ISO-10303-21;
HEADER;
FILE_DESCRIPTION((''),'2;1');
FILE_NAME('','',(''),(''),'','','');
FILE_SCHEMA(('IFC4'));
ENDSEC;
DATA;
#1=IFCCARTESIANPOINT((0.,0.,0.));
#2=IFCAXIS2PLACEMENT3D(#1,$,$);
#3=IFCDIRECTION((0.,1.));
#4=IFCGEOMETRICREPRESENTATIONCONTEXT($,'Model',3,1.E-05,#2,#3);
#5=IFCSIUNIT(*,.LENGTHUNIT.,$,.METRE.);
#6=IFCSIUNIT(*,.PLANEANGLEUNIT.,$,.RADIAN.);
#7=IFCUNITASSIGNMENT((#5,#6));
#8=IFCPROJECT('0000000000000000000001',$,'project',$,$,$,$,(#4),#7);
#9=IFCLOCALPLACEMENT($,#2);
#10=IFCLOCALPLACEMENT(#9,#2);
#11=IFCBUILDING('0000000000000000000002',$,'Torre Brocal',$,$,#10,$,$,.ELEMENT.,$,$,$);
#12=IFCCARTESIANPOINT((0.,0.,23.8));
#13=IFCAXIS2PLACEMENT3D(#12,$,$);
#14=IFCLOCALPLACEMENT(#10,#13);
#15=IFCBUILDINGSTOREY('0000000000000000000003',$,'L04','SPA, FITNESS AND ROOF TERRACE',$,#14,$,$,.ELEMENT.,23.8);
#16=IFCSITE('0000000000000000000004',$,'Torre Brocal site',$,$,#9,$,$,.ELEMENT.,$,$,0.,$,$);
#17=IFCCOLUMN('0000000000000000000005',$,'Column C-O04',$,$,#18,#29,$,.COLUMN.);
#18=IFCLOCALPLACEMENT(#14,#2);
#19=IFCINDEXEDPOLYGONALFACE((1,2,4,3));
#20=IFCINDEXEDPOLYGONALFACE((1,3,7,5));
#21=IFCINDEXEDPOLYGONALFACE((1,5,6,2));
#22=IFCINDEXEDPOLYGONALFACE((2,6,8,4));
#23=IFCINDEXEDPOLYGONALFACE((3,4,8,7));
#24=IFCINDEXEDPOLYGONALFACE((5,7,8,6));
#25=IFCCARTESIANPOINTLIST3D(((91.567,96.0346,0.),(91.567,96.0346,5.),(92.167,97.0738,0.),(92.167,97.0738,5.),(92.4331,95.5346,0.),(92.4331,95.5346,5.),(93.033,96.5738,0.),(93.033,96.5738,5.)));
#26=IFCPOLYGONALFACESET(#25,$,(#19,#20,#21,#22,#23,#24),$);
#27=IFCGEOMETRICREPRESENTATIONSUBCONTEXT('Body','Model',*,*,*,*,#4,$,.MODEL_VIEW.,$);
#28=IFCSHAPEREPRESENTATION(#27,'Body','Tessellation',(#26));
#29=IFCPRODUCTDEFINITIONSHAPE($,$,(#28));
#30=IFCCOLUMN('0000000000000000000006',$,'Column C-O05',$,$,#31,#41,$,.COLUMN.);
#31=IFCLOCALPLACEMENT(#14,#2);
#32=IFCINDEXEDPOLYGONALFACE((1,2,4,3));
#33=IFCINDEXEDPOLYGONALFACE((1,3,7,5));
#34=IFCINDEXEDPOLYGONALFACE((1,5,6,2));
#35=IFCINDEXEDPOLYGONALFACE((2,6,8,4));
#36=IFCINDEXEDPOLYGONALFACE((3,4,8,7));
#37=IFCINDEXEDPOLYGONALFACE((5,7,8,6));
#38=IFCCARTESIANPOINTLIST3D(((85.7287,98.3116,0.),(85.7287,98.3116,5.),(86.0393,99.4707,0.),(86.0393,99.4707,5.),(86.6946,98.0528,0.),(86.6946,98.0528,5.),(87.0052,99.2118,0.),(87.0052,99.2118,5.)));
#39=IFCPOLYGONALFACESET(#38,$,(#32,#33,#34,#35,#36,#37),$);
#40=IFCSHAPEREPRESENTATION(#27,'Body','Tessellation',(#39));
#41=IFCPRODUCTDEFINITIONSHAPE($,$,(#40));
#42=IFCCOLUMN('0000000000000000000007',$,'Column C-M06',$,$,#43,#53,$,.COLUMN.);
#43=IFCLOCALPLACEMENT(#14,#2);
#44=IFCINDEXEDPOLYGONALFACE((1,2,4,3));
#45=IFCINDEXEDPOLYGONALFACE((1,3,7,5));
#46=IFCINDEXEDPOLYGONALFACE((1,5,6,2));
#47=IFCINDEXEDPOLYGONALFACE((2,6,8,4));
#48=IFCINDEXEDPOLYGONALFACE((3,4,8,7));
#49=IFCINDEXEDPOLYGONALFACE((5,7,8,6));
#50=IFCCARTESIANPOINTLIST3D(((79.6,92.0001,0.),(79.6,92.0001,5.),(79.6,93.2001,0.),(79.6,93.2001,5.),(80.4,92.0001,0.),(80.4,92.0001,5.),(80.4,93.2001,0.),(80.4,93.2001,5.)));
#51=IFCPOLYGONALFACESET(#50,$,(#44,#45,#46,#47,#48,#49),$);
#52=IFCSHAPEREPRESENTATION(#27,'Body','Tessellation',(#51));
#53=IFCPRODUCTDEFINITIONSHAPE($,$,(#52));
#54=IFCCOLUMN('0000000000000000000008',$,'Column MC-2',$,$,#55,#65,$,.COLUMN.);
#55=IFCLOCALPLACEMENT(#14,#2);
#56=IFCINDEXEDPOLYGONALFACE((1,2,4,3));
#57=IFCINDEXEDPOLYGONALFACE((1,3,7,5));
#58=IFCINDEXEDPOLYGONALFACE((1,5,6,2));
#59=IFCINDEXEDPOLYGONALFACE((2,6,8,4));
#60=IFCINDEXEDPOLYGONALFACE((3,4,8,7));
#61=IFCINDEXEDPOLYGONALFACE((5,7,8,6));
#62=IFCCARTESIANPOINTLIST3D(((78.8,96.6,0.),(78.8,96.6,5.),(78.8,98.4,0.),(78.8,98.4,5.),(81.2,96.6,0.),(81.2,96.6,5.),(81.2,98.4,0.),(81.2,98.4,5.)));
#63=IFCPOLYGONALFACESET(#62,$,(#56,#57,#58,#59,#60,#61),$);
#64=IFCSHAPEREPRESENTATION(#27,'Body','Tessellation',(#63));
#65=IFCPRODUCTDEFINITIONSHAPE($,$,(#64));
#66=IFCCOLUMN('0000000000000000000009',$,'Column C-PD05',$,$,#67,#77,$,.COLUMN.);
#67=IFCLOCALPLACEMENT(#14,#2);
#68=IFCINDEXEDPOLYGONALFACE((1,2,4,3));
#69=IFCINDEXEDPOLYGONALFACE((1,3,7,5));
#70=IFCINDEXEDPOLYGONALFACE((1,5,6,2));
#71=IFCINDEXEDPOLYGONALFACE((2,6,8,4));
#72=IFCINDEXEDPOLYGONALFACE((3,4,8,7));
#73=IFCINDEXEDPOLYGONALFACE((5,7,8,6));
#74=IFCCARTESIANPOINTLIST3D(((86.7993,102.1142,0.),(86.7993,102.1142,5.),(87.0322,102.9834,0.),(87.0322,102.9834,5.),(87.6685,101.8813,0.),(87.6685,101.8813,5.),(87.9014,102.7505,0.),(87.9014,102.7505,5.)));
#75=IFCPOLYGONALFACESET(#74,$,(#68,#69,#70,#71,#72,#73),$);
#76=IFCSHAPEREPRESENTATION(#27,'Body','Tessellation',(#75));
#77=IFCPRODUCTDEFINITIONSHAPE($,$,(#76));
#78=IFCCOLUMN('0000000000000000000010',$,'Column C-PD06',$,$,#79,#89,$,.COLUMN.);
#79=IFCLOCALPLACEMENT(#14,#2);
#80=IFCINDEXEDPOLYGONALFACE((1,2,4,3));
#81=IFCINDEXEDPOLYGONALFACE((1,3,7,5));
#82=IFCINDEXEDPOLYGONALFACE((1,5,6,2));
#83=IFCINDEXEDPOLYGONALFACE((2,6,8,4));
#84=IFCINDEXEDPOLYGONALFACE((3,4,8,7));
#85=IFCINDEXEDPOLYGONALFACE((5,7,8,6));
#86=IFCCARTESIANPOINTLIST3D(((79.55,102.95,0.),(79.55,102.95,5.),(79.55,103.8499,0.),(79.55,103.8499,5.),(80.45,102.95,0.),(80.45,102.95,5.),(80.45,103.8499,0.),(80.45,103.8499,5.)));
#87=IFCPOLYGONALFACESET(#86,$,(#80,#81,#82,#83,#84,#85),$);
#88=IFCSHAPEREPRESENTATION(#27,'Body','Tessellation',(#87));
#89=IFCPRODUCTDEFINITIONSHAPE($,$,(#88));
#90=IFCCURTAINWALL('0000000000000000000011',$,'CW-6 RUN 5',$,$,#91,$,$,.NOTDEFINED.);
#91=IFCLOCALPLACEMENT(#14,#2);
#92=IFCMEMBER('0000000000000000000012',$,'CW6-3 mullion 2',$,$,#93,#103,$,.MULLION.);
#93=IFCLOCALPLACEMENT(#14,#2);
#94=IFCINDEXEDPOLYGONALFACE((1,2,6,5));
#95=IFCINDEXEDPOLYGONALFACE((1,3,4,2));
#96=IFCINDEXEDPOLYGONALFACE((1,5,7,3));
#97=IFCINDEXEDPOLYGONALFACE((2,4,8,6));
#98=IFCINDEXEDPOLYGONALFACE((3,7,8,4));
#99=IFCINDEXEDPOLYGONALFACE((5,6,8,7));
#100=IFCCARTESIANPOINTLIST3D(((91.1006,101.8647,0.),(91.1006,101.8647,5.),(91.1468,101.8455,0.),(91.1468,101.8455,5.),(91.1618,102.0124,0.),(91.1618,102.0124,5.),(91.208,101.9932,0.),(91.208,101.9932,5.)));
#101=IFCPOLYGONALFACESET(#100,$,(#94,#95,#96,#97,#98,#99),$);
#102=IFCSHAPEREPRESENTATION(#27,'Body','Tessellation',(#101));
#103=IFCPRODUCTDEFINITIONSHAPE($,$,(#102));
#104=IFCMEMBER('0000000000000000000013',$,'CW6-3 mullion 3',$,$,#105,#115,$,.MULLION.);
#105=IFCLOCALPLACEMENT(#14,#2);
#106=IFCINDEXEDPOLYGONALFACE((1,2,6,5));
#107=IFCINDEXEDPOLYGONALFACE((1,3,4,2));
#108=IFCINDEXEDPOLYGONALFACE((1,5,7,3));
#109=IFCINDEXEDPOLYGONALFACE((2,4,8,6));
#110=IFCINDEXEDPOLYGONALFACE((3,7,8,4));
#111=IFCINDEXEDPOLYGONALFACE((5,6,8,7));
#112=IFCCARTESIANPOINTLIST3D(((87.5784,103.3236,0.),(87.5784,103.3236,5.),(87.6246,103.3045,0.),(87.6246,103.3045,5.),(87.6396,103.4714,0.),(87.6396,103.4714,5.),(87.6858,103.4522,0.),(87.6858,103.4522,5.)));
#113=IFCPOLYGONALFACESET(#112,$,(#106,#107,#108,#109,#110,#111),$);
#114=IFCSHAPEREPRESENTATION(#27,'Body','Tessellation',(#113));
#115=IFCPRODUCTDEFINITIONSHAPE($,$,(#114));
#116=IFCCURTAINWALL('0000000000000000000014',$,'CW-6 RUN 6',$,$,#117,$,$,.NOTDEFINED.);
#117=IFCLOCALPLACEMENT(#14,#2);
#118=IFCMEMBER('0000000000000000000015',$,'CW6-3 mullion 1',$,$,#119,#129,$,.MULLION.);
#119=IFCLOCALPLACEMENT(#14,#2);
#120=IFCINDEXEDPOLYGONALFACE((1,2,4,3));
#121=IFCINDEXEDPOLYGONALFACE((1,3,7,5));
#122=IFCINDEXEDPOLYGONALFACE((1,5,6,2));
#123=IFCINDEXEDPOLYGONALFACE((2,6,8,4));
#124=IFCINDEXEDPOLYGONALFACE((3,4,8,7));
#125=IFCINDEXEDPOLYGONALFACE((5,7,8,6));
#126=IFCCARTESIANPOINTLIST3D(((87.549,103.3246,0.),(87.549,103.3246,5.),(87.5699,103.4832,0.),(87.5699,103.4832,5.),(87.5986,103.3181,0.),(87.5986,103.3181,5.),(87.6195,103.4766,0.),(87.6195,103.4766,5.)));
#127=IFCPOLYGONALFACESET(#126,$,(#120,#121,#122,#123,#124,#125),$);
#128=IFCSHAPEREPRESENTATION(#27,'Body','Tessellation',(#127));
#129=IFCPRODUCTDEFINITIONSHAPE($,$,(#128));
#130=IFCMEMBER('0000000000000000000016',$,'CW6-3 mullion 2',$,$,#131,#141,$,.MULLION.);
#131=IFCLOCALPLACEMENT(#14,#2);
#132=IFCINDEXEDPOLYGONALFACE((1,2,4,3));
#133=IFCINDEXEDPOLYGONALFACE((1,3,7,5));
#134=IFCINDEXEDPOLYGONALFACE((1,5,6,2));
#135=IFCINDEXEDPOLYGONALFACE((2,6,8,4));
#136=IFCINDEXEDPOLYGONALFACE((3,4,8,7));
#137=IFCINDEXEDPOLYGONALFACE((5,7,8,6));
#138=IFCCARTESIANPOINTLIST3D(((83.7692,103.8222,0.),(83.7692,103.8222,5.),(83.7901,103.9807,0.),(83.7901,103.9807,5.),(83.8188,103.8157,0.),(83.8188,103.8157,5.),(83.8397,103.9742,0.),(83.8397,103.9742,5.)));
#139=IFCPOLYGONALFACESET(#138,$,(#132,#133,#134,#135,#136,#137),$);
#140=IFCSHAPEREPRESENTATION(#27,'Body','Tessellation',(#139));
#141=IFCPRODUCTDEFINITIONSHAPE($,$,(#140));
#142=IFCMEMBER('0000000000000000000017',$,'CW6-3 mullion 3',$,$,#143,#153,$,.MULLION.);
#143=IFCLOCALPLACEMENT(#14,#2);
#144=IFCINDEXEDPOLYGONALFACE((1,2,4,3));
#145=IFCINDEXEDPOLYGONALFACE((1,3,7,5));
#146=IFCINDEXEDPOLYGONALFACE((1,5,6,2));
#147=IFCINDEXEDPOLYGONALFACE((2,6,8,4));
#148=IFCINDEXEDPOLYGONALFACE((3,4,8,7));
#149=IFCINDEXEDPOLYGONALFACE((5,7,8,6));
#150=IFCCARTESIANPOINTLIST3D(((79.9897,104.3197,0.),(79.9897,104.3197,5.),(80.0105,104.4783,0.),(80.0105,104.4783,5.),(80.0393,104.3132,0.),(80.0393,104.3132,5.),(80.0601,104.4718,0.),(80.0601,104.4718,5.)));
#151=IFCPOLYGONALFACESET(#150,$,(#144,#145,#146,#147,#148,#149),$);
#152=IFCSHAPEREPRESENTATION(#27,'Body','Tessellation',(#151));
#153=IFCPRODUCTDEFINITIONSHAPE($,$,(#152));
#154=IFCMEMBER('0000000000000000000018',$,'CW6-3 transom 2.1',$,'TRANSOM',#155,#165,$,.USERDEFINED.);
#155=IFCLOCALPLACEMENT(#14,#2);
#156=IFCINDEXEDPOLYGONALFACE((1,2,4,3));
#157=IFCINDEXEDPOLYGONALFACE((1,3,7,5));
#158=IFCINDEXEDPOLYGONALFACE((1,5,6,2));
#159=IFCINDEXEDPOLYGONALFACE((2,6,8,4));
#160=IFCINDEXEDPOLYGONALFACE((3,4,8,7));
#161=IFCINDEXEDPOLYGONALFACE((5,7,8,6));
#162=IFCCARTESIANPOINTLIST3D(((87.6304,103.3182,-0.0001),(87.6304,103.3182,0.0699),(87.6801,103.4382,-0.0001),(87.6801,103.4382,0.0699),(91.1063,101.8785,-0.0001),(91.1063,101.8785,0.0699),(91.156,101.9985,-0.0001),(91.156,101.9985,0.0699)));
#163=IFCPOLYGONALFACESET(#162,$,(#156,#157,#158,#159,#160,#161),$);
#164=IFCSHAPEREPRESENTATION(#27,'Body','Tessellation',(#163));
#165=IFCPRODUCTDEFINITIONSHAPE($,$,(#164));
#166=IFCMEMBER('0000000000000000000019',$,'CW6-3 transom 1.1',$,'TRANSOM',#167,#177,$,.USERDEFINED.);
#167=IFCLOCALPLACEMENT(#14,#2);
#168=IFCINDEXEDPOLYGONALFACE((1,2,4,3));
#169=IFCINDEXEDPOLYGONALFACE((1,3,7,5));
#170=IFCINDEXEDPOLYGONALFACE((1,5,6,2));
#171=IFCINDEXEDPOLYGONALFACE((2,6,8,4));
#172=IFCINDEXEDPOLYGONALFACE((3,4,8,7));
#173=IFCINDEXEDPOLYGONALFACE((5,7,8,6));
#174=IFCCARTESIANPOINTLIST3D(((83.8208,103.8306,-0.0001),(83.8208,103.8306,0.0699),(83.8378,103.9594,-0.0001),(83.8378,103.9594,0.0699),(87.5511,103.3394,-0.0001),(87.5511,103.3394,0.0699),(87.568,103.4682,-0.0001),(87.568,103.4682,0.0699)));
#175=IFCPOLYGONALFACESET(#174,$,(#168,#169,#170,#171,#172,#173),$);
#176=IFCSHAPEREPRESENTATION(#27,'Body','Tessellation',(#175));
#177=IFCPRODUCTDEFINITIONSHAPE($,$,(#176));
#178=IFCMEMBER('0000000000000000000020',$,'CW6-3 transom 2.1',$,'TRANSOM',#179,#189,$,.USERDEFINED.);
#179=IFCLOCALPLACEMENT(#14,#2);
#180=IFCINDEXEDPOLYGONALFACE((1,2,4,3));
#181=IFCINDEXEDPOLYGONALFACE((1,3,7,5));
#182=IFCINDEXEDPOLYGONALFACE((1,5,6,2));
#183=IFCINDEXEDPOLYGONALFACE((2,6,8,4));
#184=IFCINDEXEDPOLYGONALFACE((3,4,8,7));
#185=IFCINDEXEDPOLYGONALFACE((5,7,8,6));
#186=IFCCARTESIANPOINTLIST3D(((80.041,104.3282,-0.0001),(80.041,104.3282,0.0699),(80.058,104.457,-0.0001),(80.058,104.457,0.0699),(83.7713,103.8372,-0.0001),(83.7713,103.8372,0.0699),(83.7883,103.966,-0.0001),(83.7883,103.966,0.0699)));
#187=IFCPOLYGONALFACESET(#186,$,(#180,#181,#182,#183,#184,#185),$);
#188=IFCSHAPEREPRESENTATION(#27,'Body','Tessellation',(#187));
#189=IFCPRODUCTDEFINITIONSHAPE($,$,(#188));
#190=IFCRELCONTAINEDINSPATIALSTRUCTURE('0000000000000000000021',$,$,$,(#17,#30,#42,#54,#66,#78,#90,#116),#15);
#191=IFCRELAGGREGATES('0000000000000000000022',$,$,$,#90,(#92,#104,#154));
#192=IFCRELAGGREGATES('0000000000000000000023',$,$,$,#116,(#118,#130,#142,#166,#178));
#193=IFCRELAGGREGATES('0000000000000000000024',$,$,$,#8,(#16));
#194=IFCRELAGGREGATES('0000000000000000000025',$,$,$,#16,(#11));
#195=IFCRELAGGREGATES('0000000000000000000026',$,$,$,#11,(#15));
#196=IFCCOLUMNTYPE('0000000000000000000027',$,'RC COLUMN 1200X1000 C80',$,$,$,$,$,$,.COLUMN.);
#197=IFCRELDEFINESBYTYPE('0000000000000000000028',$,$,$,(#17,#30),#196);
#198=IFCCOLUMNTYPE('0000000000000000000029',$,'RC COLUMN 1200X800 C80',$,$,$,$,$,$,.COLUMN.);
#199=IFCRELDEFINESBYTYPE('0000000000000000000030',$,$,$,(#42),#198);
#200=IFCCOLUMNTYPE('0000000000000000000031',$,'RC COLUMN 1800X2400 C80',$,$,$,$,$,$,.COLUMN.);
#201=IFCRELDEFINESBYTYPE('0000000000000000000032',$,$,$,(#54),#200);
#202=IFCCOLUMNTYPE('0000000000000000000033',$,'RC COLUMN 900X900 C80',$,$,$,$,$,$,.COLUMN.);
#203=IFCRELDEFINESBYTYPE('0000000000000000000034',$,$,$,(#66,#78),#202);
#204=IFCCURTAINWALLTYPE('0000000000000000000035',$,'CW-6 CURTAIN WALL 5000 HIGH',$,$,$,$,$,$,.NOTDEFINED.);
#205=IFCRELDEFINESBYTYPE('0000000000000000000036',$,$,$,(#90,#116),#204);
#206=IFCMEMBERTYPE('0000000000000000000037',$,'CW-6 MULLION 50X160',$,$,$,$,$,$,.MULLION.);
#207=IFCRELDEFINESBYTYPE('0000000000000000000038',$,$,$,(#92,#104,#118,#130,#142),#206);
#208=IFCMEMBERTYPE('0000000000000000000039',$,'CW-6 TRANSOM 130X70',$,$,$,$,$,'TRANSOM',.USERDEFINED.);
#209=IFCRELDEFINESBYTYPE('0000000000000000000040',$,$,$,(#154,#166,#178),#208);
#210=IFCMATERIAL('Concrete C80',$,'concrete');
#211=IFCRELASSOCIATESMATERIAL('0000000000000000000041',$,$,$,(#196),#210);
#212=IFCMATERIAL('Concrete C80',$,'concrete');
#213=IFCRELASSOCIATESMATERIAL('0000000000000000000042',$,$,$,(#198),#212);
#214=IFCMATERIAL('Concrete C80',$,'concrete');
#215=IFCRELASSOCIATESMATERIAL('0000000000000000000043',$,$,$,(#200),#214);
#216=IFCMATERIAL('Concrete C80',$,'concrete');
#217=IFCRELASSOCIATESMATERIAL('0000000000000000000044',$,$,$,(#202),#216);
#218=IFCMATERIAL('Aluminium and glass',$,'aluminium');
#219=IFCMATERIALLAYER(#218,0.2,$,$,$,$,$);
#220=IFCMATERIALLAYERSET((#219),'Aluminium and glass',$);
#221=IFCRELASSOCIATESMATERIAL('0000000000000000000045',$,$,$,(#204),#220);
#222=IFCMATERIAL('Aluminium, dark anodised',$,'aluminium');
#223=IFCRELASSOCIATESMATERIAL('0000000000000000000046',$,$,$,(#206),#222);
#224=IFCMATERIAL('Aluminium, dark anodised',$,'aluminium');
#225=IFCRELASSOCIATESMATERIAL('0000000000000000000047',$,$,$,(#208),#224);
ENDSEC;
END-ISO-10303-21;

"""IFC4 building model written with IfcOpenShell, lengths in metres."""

from ifc_helpers import new_model, si_unit, direction, frame, origin, origin_2d, place, context, subcontext, project, spatial, rectangle, extrude, material, layer, layer_set, material_profile, profile_set, type_object, element, aggregate, save


model = new_model("IFC4")

# Units and contexts
model_context = context("Model", 3, precision=1e-05, world=origin(), true_north=direction((0.0, 1.0)))
body_context = subcontext(model_context, "Body", "Model", "MODEL_VIEW")
ifc_project = project(units=[si_unit("LENGTHUNIT", "METRE"), si_unit("PLANEANGLEUNIT", "RADIAN")], contexts=[model_context])

# Site, building, storey
site_placement = place(None, origin())
site = spatial("IfcSite", under=ifc_project, at=site_placement, Name="Torre Brocal site", CompositionType="ELEMENT", RefElevation=0.0)
building_placement = place(site_placement, origin())
building = spatial("IfcBuilding", under=site, at=building_placement, Name="Torre Brocal", CompositionType="ELEMENT")
storey_placement = place(building_placement, frame((0.0, 0.0, 23.8)))
storey = spatial("IfcBuildingStorey", under=building, at=storey_placement, Name="L04", Description="SPA, FITNESS AND ROOF TERRACE", CompositionType="ELEMENT", Elevation=23.8)

# Columns
ifc_material_1 = material(Name="Concrete C80", Category="concrete")
ifc_material_profile_1 = material_profile(ifc_material_1, rectangle(XDim=1.2, YDim=1.0, at=origin_2d()), Name="RC 1200X1000")
ifc_profile_set_1 = profile_set([ifc_material_profile_1], Name="Concrete C80")
column_type_1 = type_object("IfcColumnType", Name="RC COLUMN 1200X1000 C80", PredefinedType="COLUMN", material=ifc_profile_set_1)
for number, where, z_axis, x_axis, name in (
    (1, (92.3, 96.3042, 0.0), (0.0, 0.0, 1.0), (0.5, 0.866025, 0.0), "Column C-O04"),
    (2, (86.3669, 98.7617, 0.0), (0.0, 0.0, 1.0), (0.258819, 0.965926, 0.0), "Column C-O05"),
):
    element("IfcColumn", number, at=place(storey_placement, frame(where, z_axis=z_axis, x_axis=x_axis)), inside=storey, type_object=column_type_1, Name=name, PredefinedType="COLUMN", context=body_context, shape_type="SweptSolid", body=[
        extrude(rectangle(XDim=1.2, YDim=1.0, at=origin_2d()), origin(), (0.0, 0.0, 1.0), 5.0),
    ])
ifc_material_2 = material(Name="Concrete C80", Category="concrete")
ifc_material_profile_2 = material_profile(ifc_material_2, rectangle(XDim=1.2, YDim=0.8, at=origin_2d()), Name="RC 1200X800")
ifc_profile_set_2 = profile_set([ifc_material_profile_2], Name="Concrete C80")
column_type_2 = type_object("IfcColumnType", Name="RC COLUMN 1200X800 C80", PredefinedType="COLUMN", material=ifc_profile_set_2)
column_1_placement = place(storey_placement, frame((80.0, 92.6001, 0.0), z_axis=(0.0, 0.0, 1.0), x_axis=(0.0, 1.0, 0.0)))
element("IfcColumn", 3, at=column_1_placement, inside=storey, type_object=column_type_2, Name="Column C-M06", PredefinedType="COLUMN", context=body_context, shape_type="SweptSolid", body=[
    extrude(rectangle(XDim=1.2, YDim=0.8, at=origin_2d()), origin(), (0.0, 0.0, 1.0), 5.0),
])
ifc_material_3 = material(Name="Concrete C80", Category="concrete")
ifc_material_profile_3 = material_profile(ifc_material_3, rectangle(XDim=1.8, YDim=2.3999, at=origin_2d()), Name="RC 1800X2400")
ifc_profile_set_3 = profile_set([ifc_material_profile_3], Name="Concrete C80")
column_type_3 = type_object("IfcColumnType", Name="RC COLUMN 1800X2400 C80", PredefinedType="COLUMN", material=ifc_profile_set_3)
column_2_placement = place(storey_placement, frame((80.0, 97.5, 0.0), z_axis=(0.0, 0.0, 1.0), x_axis=(0.0, 1.0, 0.0)))
element("IfcColumn", 4, at=column_2_placement, inside=storey, type_object=column_type_3, Name="Column MC-2", PredefinedType="COLUMN", context=body_context, shape_type="SweptSolid", body=[
    extrude(rectangle(XDim=1.8, YDim=2.3999, at=origin_2d()), origin(), (0.0, 0.0, 1.0), 5.0),
])
ifc_material_4 = material(Name="Concrete C80", Category="concrete")
ifc_material_profile_4 = material_profile(ifc_material_4, rectangle(XDim=0.8999, YDim=0.8999, at=origin_2d()), Name="RC 900X900")
ifc_profile_set_4 = profile_set([ifc_material_profile_4], Name="Concrete C80")
column_type_4 = type_object("IfcColumnType", Name="RC COLUMN 900X900 C80", PredefinedType="COLUMN", material=ifc_profile_set_4)
for number, where, z_axis, x_axis, name in (
    (5, (87.3503, 102.4324, 0.0), (0.0, 0.0, 1.0), (0.258819, 0.965926, 0.0), "Column C-PD05"),
    (6, (80.0, 103.3999, 0.0), (0.0, 0.0, 1.0), (0.0, 1.0, 0.0), "Column C-PD06"),
):
    element("IfcColumn", number, at=place(storey_placement, frame(where, z_axis=z_axis, x_axis=x_axis)), inside=storey, type_object=column_type_4, Name=name, PredefinedType="COLUMN", context=body_context, shape_type="SweptSolid", body=[
        extrude(rectangle(XDim=0.8999, YDim=0.8999, at=origin_2d()), origin(), (0.0, 0.0, 1.0), 5.0),
    ])

# Curtain walls, members
ifc_material_5 = material(Name="Aluminium and glass", Category="aluminium")
ifc_layer_1 = layer(ifc_material_5, 0.2)
ifc_layer_set_1 = layer_set([ifc_layer_1], Name="Aluminium and glass")
curtain_wall_type = type_object("IfcCurtainWallType", Name="CW-6 CURTAIN WALL 5000 HIGH", PredefinedType="NOTDEFINED", material=ifc_layer_set_1)
curtain_wall_1_placement = place(storey_placement, origin())
curtain_wall_1 = element("IfcCurtainWall", 7, at=curtain_wall_1_placement, inside=storey, type_object=curtain_wall_type, Name="CW-6 RUN 5", PredefinedType="NOTDEFINED")
ifc_material_6 = material(Name="Aluminium, dark anodised", Category="aluminium")
ifc_material_profile_5 = material_profile(ifc_material_6, rectangle(XDim=0.1599, YDim=0.05, at=origin_2d()), Name="CW-6 MULLION 50X160")
ifc_profile_set_5 = profile_set([ifc_material_profile_5], Name="Aluminium, dark anodised")
member_type_1 = type_object("IfcMemberType", Name="CW-6 MULLION 50X160", PredefinedType="MULLION", material=ifc_profile_set_5)
member_1_placement = place(storey_placement, frame((91.1543, 101.929, 0.0), z_axis=(0.0, 0.0, 1.0), x_axis=(-0.382683, -0.92388, 0.0)))
member_1 = element("IfcMember", 8, at=member_1_placement, type_object=member_type_1, Name="CW6-3 mullion 2", PredefinedType="MULLION", context=body_context, shape_type="SweptSolid", body=[
    extrude(rectangle(XDim=0.1599, YDim=0.05, at=origin_2d()), origin(), (0.0, 0.0, 1.0), 5.0),
])
member_2_placement = place(storey_placement, frame((87.6321, 103.3879, 0.0), z_axis=(0.0, 0.0, 1.0), x_axis=(-0.382683, -0.92388, 0.0)))
member_2 = element("IfcMember", 9, at=member_2_placement, type_object=member_type_1, Name="CW6-3 mullion 3", PredefinedType="MULLION", context=body_context, shape_type="SweptSolid", body=[
    extrude(rectangle(XDim=0.1599, YDim=0.05, at=origin_2d()), origin(), (0.0, 0.0, 1.0), 5.0),
])
curtain_wall_2_placement = place(storey_placement, origin())
curtain_wall_2 = element("IfcCurtainWall", 10, at=curtain_wall_2_placement, inside=storey, type_object=curtain_wall_type, Name="CW-6 RUN 6", PredefinedType="NOTDEFINED")
member_3_placement = place(storey_placement, frame((87.5842, 103.4006, 0.0), z_axis=(0.0, 0.0, 1.0), x_axis=(-0.130526, -0.991445, 0.0)))
member_3 = element("IfcMember", 11, at=member_3_placement, type_object=member_type_1, Name="CW6-3 mullion 1", PredefinedType="MULLION", context=body_context, shape_type="SweptSolid", body=[
    extrude(rectangle(XDim=0.1599, YDim=0.05, at=origin_2d()), origin(), (0.0, 0.0, 1.0), 5.0),
])
member_4_placement = place(storey_placement, frame((83.8044, 103.8982, 0.0), z_axis=(0.0, 0.0, 1.0), x_axis=(-0.130526, -0.991445, 0.0)))
member_4 = element("IfcMember", 12, at=member_4_placement, type_object=member_type_1, Name="CW6-3 mullion 2", PredefinedType="MULLION", context=body_context, shape_type="SweptSolid", body=[
    extrude(rectangle(XDim=0.1599, YDim=0.05, at=origin_2d()), origin(), (0.0, 0.0, 1.0), 5.0),
])
member_5_placement = place(storey_placement, frame((80.0249, 104.3958, 0.0), z_axis=(0.0, 0.0, 1.0), x_axis=(-0.130526, -0.991445, 0.0)))
member_5 = element("IfcMember", 13, at=member_5_placement, type_object=member_type_1, Name="CW6-3 mullion 3", PredefinedType="MULLION", context=body_context, shape_type="SweptSolid", body=[
    extrude(rectangle(XDim=0.1599, YDim=0.05, at=origin_2d()), origin(), (0.0, 0.0, 1.0), 5.0),
])

# Members
ifc_material_7 = material(Name="Aluminium, dark anodised", Category="aluminium")
ifc_material_profile_6 = material_profile(ifc_material_7, rectangle(XDim=0.1299, YDim=0.0701, at=origin_2d()), Name="CW-6 TRANSOM 130X70")
ifc_profile_set_6 = profile_set([ifc_material_profile_6], Name="Aluminium, dark anodised")
member_type_2 = type_object("IfcMemberType", Name="CW-6 TRANSOM 130X70", ElementType="TRANSOM", PredefinedType="USERDEFINED", material=ifc_profile_set_6)
member_6_placement = place(storey_placement, frame((91.1311, 101.9385, 0.0349), z_axis=(-0.923883, 0.382675, 0.0), x_axis=(-0.382675, -0.923883, 0.0)))
member_6 = element("IfcMember", 14, at=member_6_placement, type_object=member_type_2, Name="CW6-3 transom 2.1", ObjectType="TRANSOM", PredefinedType="USERDEFINED", context=body_context, shape_type="SweptSolid", body=[
    extrude(rectangle(XDim=0.1299, YDim=0.0701, at=origin_2d()), origin(), (0.0, 0.0, 1.0), 3.7622),
])
member_7_placement = place(storey_placement, frame((87.5596, 103.4038, 0.0349), z_axis=(-0.991441, 0.130557, 0.0), x_axis=(-0.130557, -0.991441, 0.0)))
member_7 = element("IfcMember", 15, at=member_7_placement, type_object=member_type_2, Name="CW6-3 transom 1.1", ObjectType="TRANSOM", PredefinedType="USERDEFINED", context=body_context, shape_type="SweptSolid", body=[
    extrude(rectangle(XDim=0.1299, YDim=0.0701, at=origin_2d()), origin(), (0.0, 0.0, 1.0), 3.7625),
])
member_8_placement = place(storey_placement, frame((83.7798, 103.9016, 0.0349), z_axis=(-0.991449, 0.130493, 0.0), x_axis=(-0.130493, -0.991449, 0.0)))
member_8 = element("IfcMember", 16, at=member_8_placement, type_object=member_type_2, Name="CW6-3 transom 2.1", ObjectType="TRANSOM", PredefinedType="USERDEFINED", context=body_context, shape_type="SweptSolid", body=[
    extrude(rectangle(XDim=0.1299, YDim=0.0701, at=origin_2d()), origin(), (0.0, 0.0, 1.0), 3.7625),
])

aggregate(curtain_wall_1, [member_1, member_2, member_6])
aggregate(curtain_wall_2, [member_3, member_4, member_5, member_7, member_8])

save(model, "model.ifc")
